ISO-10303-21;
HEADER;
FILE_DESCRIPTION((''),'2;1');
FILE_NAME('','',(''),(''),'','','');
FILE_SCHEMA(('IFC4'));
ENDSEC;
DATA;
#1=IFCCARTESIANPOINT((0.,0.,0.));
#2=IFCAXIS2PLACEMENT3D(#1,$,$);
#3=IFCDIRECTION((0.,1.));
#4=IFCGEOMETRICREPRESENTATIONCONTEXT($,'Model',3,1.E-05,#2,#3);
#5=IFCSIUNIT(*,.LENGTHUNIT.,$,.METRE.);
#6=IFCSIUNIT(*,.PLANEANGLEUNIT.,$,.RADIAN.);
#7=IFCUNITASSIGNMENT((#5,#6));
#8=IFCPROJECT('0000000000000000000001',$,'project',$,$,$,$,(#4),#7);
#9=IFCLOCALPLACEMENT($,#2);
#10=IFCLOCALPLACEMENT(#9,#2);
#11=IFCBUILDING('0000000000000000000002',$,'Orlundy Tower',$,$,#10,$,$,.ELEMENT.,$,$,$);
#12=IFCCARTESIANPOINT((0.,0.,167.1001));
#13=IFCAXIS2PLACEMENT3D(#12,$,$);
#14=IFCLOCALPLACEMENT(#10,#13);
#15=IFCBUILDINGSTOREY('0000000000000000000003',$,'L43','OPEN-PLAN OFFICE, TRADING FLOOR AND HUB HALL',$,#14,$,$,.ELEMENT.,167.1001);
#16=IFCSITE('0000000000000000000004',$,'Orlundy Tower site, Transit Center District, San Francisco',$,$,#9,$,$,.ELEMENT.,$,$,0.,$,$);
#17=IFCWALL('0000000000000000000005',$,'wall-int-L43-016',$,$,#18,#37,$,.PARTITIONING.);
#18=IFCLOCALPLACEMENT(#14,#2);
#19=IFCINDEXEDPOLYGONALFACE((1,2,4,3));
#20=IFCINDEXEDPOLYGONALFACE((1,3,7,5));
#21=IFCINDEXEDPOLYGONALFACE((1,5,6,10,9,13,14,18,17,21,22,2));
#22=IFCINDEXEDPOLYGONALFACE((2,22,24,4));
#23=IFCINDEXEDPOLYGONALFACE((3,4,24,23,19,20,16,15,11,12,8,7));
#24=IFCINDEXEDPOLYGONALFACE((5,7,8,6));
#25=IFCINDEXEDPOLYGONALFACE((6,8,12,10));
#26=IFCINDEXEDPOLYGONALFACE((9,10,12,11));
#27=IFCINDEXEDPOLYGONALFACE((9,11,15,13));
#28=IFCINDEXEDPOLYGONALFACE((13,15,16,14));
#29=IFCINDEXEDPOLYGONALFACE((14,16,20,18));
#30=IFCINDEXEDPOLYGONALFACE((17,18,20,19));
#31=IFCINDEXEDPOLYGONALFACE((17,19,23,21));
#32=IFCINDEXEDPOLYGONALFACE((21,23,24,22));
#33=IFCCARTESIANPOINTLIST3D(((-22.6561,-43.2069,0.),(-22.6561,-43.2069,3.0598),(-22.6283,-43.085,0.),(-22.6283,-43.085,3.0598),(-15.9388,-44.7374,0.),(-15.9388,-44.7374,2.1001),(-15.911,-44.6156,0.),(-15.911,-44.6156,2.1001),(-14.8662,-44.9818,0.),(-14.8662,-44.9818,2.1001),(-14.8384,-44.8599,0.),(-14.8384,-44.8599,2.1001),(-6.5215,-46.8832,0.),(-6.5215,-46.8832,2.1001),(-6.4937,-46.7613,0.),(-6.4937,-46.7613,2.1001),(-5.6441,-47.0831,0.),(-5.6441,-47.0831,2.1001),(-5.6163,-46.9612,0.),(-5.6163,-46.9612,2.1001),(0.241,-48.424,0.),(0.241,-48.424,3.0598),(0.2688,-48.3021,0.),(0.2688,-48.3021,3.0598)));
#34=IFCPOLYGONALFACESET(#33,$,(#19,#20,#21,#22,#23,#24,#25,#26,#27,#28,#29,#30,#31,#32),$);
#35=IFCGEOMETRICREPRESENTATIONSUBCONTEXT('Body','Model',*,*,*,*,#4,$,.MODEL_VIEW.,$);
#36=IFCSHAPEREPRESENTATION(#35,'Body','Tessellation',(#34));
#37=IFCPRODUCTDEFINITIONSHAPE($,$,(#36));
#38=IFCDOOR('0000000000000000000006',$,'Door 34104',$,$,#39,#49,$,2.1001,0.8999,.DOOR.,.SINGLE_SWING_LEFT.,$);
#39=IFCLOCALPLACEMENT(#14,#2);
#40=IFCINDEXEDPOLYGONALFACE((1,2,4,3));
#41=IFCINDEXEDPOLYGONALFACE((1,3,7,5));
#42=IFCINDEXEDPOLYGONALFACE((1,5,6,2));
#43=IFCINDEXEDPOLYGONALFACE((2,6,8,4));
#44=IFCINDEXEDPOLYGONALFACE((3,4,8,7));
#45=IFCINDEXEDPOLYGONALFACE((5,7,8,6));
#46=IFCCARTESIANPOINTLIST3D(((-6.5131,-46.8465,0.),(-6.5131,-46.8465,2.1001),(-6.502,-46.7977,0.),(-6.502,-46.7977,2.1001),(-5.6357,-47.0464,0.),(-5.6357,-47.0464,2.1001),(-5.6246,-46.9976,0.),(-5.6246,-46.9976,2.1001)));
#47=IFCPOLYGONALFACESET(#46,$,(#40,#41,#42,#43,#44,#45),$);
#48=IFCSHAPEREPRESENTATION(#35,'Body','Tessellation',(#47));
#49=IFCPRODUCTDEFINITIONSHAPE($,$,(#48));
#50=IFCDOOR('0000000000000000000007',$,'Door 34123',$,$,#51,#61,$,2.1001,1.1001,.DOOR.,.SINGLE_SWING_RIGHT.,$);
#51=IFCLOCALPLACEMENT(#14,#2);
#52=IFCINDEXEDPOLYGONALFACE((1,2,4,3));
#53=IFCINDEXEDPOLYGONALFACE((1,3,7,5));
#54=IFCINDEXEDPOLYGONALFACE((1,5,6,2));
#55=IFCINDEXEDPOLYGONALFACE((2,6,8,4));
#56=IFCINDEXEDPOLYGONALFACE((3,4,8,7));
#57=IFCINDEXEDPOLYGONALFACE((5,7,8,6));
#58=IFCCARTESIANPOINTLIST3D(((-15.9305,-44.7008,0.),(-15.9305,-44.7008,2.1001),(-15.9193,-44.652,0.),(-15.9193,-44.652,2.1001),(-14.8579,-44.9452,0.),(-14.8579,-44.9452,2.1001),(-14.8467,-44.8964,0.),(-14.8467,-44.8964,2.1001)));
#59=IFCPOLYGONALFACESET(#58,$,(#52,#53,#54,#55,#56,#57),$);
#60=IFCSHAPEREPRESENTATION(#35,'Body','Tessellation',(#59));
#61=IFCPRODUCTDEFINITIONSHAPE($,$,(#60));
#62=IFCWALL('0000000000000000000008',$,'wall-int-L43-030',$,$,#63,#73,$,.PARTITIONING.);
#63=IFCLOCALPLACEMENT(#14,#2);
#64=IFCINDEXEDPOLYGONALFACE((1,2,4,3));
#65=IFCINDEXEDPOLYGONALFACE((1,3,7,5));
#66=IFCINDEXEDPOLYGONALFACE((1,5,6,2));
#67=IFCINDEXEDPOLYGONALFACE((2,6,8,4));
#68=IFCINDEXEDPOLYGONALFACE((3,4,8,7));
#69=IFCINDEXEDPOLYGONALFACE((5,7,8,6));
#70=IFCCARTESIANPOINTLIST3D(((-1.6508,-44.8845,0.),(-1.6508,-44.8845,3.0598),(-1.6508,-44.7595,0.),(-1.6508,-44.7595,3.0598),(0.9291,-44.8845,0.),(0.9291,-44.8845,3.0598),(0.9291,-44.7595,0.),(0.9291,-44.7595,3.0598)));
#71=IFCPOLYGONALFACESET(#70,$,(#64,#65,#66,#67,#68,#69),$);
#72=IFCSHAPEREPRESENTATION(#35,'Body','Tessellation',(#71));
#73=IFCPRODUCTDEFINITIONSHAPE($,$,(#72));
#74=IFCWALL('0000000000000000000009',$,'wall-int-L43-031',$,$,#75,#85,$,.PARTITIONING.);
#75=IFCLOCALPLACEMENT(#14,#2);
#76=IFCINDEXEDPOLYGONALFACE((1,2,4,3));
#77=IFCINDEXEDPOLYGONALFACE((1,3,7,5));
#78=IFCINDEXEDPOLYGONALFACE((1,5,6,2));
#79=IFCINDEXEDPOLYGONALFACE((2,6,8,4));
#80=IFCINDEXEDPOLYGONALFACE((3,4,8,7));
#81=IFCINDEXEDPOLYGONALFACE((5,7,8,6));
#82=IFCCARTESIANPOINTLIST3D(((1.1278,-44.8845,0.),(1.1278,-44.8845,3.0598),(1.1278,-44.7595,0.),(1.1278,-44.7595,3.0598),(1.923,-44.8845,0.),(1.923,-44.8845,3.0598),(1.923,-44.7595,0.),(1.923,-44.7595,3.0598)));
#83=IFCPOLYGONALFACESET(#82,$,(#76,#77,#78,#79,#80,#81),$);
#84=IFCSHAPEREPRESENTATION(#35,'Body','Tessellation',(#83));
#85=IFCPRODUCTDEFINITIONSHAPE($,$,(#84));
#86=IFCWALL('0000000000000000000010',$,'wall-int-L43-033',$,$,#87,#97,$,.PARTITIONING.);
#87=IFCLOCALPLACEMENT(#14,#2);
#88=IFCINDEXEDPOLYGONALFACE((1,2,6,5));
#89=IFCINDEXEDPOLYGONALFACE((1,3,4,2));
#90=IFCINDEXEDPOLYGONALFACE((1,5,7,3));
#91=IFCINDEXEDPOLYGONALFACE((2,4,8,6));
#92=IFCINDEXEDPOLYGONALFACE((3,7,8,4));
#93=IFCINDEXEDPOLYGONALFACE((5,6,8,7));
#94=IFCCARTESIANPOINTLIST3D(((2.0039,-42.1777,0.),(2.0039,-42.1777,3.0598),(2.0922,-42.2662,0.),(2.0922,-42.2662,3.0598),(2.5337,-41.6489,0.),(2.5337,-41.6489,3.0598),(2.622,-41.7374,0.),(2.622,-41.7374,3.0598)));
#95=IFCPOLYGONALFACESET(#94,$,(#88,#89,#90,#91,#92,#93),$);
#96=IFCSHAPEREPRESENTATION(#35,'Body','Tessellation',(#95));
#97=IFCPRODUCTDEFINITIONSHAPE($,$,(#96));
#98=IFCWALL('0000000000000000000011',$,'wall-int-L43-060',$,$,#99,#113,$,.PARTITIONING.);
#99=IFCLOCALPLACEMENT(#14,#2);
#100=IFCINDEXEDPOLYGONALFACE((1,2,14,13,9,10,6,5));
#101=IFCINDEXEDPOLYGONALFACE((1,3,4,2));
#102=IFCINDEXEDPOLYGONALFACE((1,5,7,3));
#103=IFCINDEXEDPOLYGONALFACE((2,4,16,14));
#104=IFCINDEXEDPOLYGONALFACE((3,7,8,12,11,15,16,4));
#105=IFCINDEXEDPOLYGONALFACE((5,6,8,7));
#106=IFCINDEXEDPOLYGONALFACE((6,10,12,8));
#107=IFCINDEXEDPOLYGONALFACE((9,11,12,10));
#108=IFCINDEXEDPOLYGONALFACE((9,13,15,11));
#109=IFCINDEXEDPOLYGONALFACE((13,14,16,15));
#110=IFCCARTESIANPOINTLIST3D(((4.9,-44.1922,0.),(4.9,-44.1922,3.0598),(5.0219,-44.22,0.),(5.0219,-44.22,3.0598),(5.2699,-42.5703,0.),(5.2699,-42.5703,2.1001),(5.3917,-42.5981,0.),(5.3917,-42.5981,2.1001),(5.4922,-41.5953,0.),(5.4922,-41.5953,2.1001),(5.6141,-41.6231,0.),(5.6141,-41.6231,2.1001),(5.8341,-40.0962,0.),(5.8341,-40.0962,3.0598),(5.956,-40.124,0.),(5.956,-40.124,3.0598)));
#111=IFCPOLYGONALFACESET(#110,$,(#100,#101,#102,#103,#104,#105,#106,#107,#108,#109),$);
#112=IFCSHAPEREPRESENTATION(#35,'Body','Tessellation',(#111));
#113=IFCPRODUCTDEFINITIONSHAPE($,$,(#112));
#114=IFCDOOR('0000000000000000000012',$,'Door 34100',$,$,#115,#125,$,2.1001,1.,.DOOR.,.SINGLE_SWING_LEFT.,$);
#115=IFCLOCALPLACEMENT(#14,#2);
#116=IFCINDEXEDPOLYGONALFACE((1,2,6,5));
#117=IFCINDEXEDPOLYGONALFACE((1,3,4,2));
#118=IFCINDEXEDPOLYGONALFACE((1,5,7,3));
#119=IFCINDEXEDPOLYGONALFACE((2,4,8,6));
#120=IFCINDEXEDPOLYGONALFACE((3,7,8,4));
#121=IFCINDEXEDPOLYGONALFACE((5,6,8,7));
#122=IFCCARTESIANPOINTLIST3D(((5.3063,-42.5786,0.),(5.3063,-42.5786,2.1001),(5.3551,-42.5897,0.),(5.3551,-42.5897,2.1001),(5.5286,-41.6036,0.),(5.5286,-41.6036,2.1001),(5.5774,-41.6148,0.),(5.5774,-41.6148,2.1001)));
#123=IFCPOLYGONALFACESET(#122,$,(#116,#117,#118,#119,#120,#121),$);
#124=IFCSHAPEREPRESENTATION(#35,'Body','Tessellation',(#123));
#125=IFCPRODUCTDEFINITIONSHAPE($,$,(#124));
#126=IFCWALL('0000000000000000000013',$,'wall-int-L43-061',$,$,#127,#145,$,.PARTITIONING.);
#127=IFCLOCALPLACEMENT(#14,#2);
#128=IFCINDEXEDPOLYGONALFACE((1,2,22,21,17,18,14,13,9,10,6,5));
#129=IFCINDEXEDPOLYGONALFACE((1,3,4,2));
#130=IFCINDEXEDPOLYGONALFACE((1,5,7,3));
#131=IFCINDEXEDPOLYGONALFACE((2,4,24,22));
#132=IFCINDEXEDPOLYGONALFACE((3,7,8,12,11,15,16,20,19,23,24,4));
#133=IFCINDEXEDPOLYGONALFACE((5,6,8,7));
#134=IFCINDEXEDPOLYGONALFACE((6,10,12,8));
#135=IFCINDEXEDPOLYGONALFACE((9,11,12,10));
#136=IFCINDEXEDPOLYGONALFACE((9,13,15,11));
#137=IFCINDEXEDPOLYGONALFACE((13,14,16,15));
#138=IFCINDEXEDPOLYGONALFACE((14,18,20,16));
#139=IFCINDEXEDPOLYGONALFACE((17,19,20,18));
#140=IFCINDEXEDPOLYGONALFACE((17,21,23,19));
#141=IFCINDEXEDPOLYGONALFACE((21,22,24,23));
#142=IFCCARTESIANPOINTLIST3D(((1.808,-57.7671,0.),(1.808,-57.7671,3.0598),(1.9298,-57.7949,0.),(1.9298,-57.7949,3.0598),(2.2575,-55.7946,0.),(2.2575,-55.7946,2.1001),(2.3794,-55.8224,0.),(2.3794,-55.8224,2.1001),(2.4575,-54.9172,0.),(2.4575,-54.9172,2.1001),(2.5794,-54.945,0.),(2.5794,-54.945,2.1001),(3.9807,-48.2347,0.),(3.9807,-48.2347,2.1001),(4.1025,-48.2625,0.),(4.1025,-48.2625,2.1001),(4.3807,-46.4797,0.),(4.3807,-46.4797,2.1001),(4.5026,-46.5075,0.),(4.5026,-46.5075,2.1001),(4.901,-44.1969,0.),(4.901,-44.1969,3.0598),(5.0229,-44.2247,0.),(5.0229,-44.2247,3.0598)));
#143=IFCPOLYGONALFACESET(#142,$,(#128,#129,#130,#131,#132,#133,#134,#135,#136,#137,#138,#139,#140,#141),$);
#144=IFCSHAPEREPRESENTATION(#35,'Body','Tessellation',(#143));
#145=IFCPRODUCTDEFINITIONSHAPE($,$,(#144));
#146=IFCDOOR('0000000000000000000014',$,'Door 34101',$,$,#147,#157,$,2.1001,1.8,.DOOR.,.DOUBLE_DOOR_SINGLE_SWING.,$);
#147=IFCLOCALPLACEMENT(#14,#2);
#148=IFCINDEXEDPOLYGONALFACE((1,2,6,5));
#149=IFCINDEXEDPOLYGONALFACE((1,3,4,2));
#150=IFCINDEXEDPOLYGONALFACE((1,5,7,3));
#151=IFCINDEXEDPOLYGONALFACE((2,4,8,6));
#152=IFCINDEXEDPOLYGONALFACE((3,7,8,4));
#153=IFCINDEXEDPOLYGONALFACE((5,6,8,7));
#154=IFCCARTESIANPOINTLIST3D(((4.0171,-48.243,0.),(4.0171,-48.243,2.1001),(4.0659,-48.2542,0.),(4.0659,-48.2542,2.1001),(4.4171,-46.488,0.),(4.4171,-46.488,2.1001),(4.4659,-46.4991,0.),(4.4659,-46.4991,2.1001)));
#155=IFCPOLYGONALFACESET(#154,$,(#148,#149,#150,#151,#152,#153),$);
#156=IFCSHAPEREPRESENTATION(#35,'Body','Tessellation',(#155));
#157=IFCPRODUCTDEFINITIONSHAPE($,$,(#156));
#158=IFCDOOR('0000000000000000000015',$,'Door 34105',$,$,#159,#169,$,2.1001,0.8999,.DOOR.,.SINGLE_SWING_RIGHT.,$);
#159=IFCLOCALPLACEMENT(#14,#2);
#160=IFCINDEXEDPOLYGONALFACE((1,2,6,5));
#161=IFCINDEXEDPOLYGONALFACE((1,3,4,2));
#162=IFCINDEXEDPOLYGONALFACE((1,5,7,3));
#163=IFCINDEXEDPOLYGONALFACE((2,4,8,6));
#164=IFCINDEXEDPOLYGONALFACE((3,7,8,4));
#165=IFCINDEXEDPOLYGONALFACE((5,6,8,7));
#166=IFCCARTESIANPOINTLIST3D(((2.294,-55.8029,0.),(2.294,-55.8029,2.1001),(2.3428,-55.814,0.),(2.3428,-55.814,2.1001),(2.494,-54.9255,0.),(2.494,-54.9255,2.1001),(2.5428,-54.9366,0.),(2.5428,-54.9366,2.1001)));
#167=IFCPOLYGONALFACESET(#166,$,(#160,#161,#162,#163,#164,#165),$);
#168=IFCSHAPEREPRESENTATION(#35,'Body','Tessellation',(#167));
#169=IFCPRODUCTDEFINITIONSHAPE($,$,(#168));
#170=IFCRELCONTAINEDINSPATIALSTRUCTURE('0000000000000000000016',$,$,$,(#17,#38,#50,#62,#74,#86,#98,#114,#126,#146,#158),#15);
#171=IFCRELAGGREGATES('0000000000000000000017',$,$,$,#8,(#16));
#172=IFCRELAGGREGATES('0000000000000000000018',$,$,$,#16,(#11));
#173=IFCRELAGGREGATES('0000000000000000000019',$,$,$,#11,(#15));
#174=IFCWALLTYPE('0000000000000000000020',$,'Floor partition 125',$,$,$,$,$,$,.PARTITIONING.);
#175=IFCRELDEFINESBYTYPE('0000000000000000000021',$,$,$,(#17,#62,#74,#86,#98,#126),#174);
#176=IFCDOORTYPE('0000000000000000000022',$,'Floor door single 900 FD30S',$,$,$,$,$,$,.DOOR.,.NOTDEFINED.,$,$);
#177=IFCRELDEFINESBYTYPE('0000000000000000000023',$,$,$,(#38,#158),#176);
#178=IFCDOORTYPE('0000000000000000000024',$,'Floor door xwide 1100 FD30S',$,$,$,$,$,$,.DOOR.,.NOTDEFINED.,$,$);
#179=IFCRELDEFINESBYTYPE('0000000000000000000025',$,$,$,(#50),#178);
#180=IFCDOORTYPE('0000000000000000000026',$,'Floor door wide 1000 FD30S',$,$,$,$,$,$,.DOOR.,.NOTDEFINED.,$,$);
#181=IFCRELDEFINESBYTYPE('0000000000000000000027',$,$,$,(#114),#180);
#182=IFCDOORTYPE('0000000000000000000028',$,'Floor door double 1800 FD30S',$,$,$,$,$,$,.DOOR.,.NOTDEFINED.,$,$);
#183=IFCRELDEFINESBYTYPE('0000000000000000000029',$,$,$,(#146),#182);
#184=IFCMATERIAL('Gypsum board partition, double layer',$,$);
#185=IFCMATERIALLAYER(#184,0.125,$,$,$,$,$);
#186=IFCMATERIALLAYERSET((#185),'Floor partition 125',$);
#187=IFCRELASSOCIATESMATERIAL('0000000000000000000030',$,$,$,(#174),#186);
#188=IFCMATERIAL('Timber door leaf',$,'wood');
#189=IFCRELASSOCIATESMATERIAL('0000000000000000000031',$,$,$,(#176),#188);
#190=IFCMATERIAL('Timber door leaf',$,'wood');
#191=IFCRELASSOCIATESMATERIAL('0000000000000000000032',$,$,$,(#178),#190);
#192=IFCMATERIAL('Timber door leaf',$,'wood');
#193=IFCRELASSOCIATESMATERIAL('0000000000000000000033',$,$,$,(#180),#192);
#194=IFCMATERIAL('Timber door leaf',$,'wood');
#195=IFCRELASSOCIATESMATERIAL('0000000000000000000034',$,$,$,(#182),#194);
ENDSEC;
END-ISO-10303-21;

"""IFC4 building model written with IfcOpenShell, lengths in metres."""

from ifc_helpers import new_model, si_unit, direction, frame, frame_2d, origin, place, context, subcontext, project, spatial, rectangle, extrude, material, layer, layer_set, type_object, element, fill, save


model = new_model("IFC4")

# Units and contexts
model_context = context("Model", 3, precision=1e-05, world=origin(), true_north=direction((0.0, 1.0)))
body_context = subcontext(model_context, "Body", "Model", "MODEL_VIEW")
ifc_project = project(units=[si_unit("LENGTHUNIT", "METRE"), si_unit("PLANEANGLEUNIT", "RADIAN")], contexts=[model_context])

# Site, building, storey
site_placement = place(None, origin())
site = spatial("IfcSite", under=ifc_project, at=site_placement, Name="Orlundy Tower site, Transit Center District, San Francisco", CompositionType="ELEMENT", RefElevation=0.0)
building_placement = place(site_placement, origin())
building = spatial("IfcBuilding", under=site, at=building_placement, Name="Orlundy Tower", CompositionType="ELEMENT")
storey_placement = place(building_placement, frame((0.0, 0.0, 167.1001)))
storey = spatial("IfcBuildingStorey", under=building, at=storey_placement, Name="L43", Description="OPEN-PLAN OFFICE, TRADING FLOOR AND HUB HALL", CompositionType="ELEMENT", Elevation=167.1001)

# Wall, openings, doors
ifc_material_1 = material(Name="Gypsum board partition, double layer")
ifc_layer_1 = layer(ifc_material_1, 0.125)
ifc_layer_set_1 = layer_set([ifc_layer_1], Name="Floor partition 125")
wall_type_1 = type_object("IfcWallType", Name="Floor partition 125", PredefinedType="PARTITIONING", material=ifc_layer_set_1)
wall_1_placement = place(storey_placement, frame((0.2549, -48.363, 0.0), z_axis=(0.0, 0.0, 1.0), x_axis=(-0.975011, 0.222155, 0.0)))
wall_1 = element("IfcWall", 1, at=wall_1_placement, inside=storey, type_object=wall_type_1, Name="wall-int-L43-016", PredefinedType="PARTITIONING", context=body_context, shape_type="SweptSolid", body=[
    extrude(rectangle(XDim=23.4839, YDim=0.125, at=frame_2d((11.7419, 0.0))), origin(), (0.0, 0.0, 1.0), 3.0598),
])
opening_1_placement = place(wall_1_placement, frame((6.0359, 0.0, 0.0)))
opening_1 = element("IfcOpeningElement", 2, at=opening_1_placement, cuts=wall_1, PredefinedType="OPENING", context=body_context, shape_type="SweptSolid", body=[
    extrude(rectangle(XDim=0.8999, YDim=2.1001, at=frame_2d((0.45, 1.05))), frame((0.0, 0.0725, 0.0), z_axis=(0.0, -1.0, 0.0), x_axis=(1.0, 0.0, 0.0)), (0.0, 0.0, 1.0), 0.145),
])
opening_2_placement = place(wall_1_placement, frame((15.4944, 0.0, 0.0)))
opening_2 = element("IfcOpeningElement", 3, at=opening_2_placement, cuts=wall_1, PredefinedType="OPENING", context=body_context, shape_type="SweptSolid", body=[
    extrude(rectangle(XDim=1.1001, YDim=2.1001, at=frame_2d((0.55, 1.05))), frame((0.0, 0.0725, 0.0), z_axis=(0.0, -1.0, 0.0), x_axis=(1.0, 0.0, 0.0)), (0.0, 0.0, 1.0), 0.145),
])
ifc_material_2 = material(Name="Timber door leaf", Category="wood")
door_type_1 = type_object("IfcDoorType", Name="Floor door single 900 FD30S", OperationType="NOTDEFINED", PredefinedType="DOOR", material=ifc_material_2)
door_1_placement = place(opening_1_placement, origin())
door_1 = element("IfcDoor", 4, at=door_1_placement, inside=storey, type_object=door_type_1, Name="Door 34104", OperationType="SINGLE_SWING_LEFT", OverallHeight=2.1001, OverallWidth=0.8999, PredefinedType="DOOR", context=body_context, shape_type="SweptSolid", body=[
    extrude(rectangle(XDim=0.8999, YDim=2.1001, at=frame_2d((0.45, 1.05))), frame((0.0, 0.0249, 0.0), z_axis=(0.0, -1.0, 0.0), x_axis=(1.0, 0.0, 0.0)), (0.0, 0.0, 1.0), 0.05),
])
fill(opening_1, door_1)
ifc_material_3 = material(Name="Timber door leaf", Category="wood")
door_type_2 = type_object("IfcDoorType", Name="Floor door xwide 1100 FD30S", OperationType="NOTDEFINED", PredefinedType="DOOR", material=ifc_material_3)
door_2_placement = place(opening_2_placement, origin())
door_2 = element("IfcDoor", 5, at=door_2_placement, inside=storey, type_object=door_type_2, Name="Door 34123", OperationType="SINGLE_SWING_RIGHT", OverallHeight=2.1001, OverallWidth=1.1001, PredefinedType="DOOR", context=body_context, shape_type="SweptSolid", body=[
    extrude(rectangle(XDim=1.1001, YDim=2.1001, at=frame_2d((0.55, 1.05))), frame((0.0, 0.0249, 0.0), z_axis=(0.0, -1.0, 0.0), x_axis=(1.0, 0.0, 0.0)), (0.0, 0.0, 1.0), 0.05),
])
fill(opening_2, door_2)

# Walls
wall_2_placement = place(storey_placement, frame((-1.6509, -44.822, 0.0), z_axis=(0.0, 0.0, 1.0), x_axis=(1.0, 0.0, 0.0)))
element("IfcWall", 6, at=wall_2_placement, inside=storey, type_object=wall_type_1, Name="wall-int-L43-030", PredefinedType="PARTITIONING", context=body_context, shape_type="SweptSolid", body=[
    extrude(rectangle(XDim=2.5798, YDim=0.125, at=frame_2d((1.29, 0.0))), origin(), (0.0, 0.0, 1.0), 3.0598),
])
wall_3_placement = place(storey_placement, frame((1.1279, -44.822, 0.0), z_axis=(0.0, 0.0, 1.0), x_axis=(1.0, 0.0, 0.0)))
element("IfcWall", 7, at=wall_3_placement, inside=storey, type_object=wall_type_1, Name="wall-int-L43-031", PredefinedType="PARTITIONING", context=body_context, shape_type="SweptSolid", body=[
    extrude(rectangle(XDim=0.7952, YDim=0.125, at=frame_2d((0.3975, 0.0))), origin(), (0.0, 0.0, 1.0), 3.0598),
])
wall_4_placement = place(storey_placement, frame((2.0481, -42.2219, 0.0), z_axis=(0.0, 0.0, 1.0), x_axis=(0.707759, 0.706454, 0.0)))
element("IfcWall", 8, at=wall_4_placement, inside=storey, type_object=wall_type_1, Name="wall-int-L43-033", PredefinedType="PARTITIONING", context=body_context, shape_type="SweptSolid", body=[
    extrude(rectangle(XDim=0.7485, YDim=0.125, at=frame_2d((0.3743, 0.0))), origin(), (0.0, 0.0, 1.0), 3.0598),
])

# Wall, opening, door
wall_5_placement = place(storey_placement, frame((5.895, -40.1101, 0.0), z_axis=(0.0, 0.0, 1.0), x_axis=(-0.222342, -0.974969, 0.0)))
wall_5 = element("IfcWall", 9, at=wall_5_placement, inside=storey, type_object=wall_type_1, Name="wall-int-L43-060", PredefinedType="PARTITIONING", context=body_context, shape_type="SweptSolid", body=[
    extrude(rectangle(XDim=4.2012, YDim=0.125, at=frame_2d((2.1006, 0.0))), origin(), (0.0, 0.0, 1.0), 3.0598),
])
opening_3_placement = place(wall_5_placement, frame((1.5376, 0.0, 0.0)))
opening_3 = element("IfcOpeningElement", 10, at=opening_3_placement, cuts=wall_5, PredefinedType="OPENING", context=body_context, shape_type="SweptSolid", body=[
    extrude(rectangle(XDim=1.0, YDim=2.1001, at=frame_2d((0.5, 1.05))), frame((0.0, 0.0725, 0.0), z_axis=(0.0, -1.0, 0.0), x_axis=(1.0, 0.0, 0.0)), (0.0, 0.0, 1.0), 0.145),
])
ifc_material_4 = material(Name="Timber door leaf", Category="wood")
door_type_3 = type_object("IfcDoorType", Name="Floor door wide 1000 FD30S", OperationType="NOTDEFINED", PredefinedType="DOOR", material=ifc_material_4)
door_3_placement = place(opening_3_placement, origin())
door_3 = element("IfcDoor", 11, at=door_3_placement, inside=storey, type_object=door_type_3, Name="Door 34100", OperationType="SINGLE_SWING_LEFT", OverallHeight=2.1001, OverallWidth=1.0, PredefinedType="DOOR", context=body_context, shape_type="SweptSolid", body=[
    extrude(rectangle(XDim=1.0, YDim=2.1001, at=frame_2d((0.5, 1.05))), frame((0.0, 0.0249, 0.0), z_axis=(0.0, -1.0, 0.0), x_axis=(1.0, 0.0, 0.0)), (0.0, 0.0, 1.0), 0.05),
])
fill(opening_3, door_3)

# Wall, openings, doors
wall_6_placement = place(storey_placement, frame((4.9619, -44.2109, 0.0), z_axis=(0.0, 0.0, 1.0), x_axis=(-0.22223, -0.974994, 0.0)))
wall_6 = element("IfcWall", 12, at=wall_6_placement, inside=storey, type_object=wall_type_1, Name="wall-int-L43-061", PredefinedType="PARTITIONING", context=body_context, shape_type="SweptSolid", body=[
    extrude(rectangle(XDim=13.9182, YDim=0.125, at=frame_2d((6.959, 0.0))), origin(), (0.0, 0.0, 1.0), 3.0598),
])
opening_4_placement = place(wall_6_placement, frame((2.3413, 0.0, 0.0)))
opening_4 = element("IfcOpeningElement", 13, at=opening_4_placement, cuts=wall_6, PredefinedType="OPENING", context=body_context, shape_type="SweptSolid", body=[
    extrude(rectangle(XDim=1.8, YDim=2.1001, at=frame_2d((0.8999, 1.05))), frame((0.0, 0.0725, 0.0), z_axis=(0.0, -1.0, 0.0), x_axis=(1.0, 0.0, 0.0)), (0.0, 0.0, 1.0), 0.145),
])
opening_5_placement = place(wall_6_placement, frame((10.9951, 0.0, 0.0)))
opening_5 = element("IfcOpeningElement", 14, at=opening_5_placement, cuts=wall_6, PredefinedType="OPENING", context=body_context, shape_type="SweptSolid", body=[
    extrude(rectangle(XDim=0.8999, YDim=2.1001, at=frame_2d((0.45, 1.05))), frame((0.0, 0.0725, 0.0), z_axis=(0.0, -1.0, 0.0), x_axis=(1.0, 0.0, 0.0)), (0.0, 0.0, 1.0), 0.145),
])
ifc_material_5 = material(Name="Timber door leaf", Category="wood")
door_type_4 = type_object("IfcDoorType", Name="Floor door double 1800 FD30S", OperationType="NOTDEFINED", PredefinedType="DOOR", material=ifc_material_5)
door_4_placement = place(opening_4_placement, origin())
door_4 = element("IfcDoor", 15, at=door_4_placement, inside=storey, type_object=door_type_4, Name="Door 34101", OperationType="DOUBLE_DOOR_SINGLE_SWING", OverallHeight=2.1001, OverallWidth=1.8, PredefinedType="DOOR", context=body_context, shape_type="SweptSolid", body=[
    extrude(rectangle(XDim=1.8, YDim=2.1001, at=frame_2d((0.8999, 1.05))), frame((0.0, 0.0249, 0.0), z_axis=(0.0, -1.0, 0.0), x_axis=(1.0, 0.0, 0.0)), (0.0, 0.0, 1.0), 0.05),
])
fill(opening_4, door_4)
door_5_placement = place(opening_5_placement, origin())
door_5 = element("IfcDoor", 16, at=door_5_placement, inside=storey, type_object=door_type_1, Name="Door 34105", OperationType="SINGLE_SWING_RIGHT", OverallHeight=2.1001, OverallWidth=0.8999, PredefinedType="DOOR", context=body_context, shape_type="SweptSolid", body=[
    extrude(rectangle(XDim=0.8999, YDim=2.1001, at=frame_2d((0.45, 1.05))), frame((0.0, 0.0249, 0.0), z_axis=(0.0, -1.0, 0.0), x_axis=(1.0, 0.0, 0.0)), (0.0, 0.0, 1.0), 0.05),
])
fill(opening_5, door_5)

save(model, "model.ifc")
